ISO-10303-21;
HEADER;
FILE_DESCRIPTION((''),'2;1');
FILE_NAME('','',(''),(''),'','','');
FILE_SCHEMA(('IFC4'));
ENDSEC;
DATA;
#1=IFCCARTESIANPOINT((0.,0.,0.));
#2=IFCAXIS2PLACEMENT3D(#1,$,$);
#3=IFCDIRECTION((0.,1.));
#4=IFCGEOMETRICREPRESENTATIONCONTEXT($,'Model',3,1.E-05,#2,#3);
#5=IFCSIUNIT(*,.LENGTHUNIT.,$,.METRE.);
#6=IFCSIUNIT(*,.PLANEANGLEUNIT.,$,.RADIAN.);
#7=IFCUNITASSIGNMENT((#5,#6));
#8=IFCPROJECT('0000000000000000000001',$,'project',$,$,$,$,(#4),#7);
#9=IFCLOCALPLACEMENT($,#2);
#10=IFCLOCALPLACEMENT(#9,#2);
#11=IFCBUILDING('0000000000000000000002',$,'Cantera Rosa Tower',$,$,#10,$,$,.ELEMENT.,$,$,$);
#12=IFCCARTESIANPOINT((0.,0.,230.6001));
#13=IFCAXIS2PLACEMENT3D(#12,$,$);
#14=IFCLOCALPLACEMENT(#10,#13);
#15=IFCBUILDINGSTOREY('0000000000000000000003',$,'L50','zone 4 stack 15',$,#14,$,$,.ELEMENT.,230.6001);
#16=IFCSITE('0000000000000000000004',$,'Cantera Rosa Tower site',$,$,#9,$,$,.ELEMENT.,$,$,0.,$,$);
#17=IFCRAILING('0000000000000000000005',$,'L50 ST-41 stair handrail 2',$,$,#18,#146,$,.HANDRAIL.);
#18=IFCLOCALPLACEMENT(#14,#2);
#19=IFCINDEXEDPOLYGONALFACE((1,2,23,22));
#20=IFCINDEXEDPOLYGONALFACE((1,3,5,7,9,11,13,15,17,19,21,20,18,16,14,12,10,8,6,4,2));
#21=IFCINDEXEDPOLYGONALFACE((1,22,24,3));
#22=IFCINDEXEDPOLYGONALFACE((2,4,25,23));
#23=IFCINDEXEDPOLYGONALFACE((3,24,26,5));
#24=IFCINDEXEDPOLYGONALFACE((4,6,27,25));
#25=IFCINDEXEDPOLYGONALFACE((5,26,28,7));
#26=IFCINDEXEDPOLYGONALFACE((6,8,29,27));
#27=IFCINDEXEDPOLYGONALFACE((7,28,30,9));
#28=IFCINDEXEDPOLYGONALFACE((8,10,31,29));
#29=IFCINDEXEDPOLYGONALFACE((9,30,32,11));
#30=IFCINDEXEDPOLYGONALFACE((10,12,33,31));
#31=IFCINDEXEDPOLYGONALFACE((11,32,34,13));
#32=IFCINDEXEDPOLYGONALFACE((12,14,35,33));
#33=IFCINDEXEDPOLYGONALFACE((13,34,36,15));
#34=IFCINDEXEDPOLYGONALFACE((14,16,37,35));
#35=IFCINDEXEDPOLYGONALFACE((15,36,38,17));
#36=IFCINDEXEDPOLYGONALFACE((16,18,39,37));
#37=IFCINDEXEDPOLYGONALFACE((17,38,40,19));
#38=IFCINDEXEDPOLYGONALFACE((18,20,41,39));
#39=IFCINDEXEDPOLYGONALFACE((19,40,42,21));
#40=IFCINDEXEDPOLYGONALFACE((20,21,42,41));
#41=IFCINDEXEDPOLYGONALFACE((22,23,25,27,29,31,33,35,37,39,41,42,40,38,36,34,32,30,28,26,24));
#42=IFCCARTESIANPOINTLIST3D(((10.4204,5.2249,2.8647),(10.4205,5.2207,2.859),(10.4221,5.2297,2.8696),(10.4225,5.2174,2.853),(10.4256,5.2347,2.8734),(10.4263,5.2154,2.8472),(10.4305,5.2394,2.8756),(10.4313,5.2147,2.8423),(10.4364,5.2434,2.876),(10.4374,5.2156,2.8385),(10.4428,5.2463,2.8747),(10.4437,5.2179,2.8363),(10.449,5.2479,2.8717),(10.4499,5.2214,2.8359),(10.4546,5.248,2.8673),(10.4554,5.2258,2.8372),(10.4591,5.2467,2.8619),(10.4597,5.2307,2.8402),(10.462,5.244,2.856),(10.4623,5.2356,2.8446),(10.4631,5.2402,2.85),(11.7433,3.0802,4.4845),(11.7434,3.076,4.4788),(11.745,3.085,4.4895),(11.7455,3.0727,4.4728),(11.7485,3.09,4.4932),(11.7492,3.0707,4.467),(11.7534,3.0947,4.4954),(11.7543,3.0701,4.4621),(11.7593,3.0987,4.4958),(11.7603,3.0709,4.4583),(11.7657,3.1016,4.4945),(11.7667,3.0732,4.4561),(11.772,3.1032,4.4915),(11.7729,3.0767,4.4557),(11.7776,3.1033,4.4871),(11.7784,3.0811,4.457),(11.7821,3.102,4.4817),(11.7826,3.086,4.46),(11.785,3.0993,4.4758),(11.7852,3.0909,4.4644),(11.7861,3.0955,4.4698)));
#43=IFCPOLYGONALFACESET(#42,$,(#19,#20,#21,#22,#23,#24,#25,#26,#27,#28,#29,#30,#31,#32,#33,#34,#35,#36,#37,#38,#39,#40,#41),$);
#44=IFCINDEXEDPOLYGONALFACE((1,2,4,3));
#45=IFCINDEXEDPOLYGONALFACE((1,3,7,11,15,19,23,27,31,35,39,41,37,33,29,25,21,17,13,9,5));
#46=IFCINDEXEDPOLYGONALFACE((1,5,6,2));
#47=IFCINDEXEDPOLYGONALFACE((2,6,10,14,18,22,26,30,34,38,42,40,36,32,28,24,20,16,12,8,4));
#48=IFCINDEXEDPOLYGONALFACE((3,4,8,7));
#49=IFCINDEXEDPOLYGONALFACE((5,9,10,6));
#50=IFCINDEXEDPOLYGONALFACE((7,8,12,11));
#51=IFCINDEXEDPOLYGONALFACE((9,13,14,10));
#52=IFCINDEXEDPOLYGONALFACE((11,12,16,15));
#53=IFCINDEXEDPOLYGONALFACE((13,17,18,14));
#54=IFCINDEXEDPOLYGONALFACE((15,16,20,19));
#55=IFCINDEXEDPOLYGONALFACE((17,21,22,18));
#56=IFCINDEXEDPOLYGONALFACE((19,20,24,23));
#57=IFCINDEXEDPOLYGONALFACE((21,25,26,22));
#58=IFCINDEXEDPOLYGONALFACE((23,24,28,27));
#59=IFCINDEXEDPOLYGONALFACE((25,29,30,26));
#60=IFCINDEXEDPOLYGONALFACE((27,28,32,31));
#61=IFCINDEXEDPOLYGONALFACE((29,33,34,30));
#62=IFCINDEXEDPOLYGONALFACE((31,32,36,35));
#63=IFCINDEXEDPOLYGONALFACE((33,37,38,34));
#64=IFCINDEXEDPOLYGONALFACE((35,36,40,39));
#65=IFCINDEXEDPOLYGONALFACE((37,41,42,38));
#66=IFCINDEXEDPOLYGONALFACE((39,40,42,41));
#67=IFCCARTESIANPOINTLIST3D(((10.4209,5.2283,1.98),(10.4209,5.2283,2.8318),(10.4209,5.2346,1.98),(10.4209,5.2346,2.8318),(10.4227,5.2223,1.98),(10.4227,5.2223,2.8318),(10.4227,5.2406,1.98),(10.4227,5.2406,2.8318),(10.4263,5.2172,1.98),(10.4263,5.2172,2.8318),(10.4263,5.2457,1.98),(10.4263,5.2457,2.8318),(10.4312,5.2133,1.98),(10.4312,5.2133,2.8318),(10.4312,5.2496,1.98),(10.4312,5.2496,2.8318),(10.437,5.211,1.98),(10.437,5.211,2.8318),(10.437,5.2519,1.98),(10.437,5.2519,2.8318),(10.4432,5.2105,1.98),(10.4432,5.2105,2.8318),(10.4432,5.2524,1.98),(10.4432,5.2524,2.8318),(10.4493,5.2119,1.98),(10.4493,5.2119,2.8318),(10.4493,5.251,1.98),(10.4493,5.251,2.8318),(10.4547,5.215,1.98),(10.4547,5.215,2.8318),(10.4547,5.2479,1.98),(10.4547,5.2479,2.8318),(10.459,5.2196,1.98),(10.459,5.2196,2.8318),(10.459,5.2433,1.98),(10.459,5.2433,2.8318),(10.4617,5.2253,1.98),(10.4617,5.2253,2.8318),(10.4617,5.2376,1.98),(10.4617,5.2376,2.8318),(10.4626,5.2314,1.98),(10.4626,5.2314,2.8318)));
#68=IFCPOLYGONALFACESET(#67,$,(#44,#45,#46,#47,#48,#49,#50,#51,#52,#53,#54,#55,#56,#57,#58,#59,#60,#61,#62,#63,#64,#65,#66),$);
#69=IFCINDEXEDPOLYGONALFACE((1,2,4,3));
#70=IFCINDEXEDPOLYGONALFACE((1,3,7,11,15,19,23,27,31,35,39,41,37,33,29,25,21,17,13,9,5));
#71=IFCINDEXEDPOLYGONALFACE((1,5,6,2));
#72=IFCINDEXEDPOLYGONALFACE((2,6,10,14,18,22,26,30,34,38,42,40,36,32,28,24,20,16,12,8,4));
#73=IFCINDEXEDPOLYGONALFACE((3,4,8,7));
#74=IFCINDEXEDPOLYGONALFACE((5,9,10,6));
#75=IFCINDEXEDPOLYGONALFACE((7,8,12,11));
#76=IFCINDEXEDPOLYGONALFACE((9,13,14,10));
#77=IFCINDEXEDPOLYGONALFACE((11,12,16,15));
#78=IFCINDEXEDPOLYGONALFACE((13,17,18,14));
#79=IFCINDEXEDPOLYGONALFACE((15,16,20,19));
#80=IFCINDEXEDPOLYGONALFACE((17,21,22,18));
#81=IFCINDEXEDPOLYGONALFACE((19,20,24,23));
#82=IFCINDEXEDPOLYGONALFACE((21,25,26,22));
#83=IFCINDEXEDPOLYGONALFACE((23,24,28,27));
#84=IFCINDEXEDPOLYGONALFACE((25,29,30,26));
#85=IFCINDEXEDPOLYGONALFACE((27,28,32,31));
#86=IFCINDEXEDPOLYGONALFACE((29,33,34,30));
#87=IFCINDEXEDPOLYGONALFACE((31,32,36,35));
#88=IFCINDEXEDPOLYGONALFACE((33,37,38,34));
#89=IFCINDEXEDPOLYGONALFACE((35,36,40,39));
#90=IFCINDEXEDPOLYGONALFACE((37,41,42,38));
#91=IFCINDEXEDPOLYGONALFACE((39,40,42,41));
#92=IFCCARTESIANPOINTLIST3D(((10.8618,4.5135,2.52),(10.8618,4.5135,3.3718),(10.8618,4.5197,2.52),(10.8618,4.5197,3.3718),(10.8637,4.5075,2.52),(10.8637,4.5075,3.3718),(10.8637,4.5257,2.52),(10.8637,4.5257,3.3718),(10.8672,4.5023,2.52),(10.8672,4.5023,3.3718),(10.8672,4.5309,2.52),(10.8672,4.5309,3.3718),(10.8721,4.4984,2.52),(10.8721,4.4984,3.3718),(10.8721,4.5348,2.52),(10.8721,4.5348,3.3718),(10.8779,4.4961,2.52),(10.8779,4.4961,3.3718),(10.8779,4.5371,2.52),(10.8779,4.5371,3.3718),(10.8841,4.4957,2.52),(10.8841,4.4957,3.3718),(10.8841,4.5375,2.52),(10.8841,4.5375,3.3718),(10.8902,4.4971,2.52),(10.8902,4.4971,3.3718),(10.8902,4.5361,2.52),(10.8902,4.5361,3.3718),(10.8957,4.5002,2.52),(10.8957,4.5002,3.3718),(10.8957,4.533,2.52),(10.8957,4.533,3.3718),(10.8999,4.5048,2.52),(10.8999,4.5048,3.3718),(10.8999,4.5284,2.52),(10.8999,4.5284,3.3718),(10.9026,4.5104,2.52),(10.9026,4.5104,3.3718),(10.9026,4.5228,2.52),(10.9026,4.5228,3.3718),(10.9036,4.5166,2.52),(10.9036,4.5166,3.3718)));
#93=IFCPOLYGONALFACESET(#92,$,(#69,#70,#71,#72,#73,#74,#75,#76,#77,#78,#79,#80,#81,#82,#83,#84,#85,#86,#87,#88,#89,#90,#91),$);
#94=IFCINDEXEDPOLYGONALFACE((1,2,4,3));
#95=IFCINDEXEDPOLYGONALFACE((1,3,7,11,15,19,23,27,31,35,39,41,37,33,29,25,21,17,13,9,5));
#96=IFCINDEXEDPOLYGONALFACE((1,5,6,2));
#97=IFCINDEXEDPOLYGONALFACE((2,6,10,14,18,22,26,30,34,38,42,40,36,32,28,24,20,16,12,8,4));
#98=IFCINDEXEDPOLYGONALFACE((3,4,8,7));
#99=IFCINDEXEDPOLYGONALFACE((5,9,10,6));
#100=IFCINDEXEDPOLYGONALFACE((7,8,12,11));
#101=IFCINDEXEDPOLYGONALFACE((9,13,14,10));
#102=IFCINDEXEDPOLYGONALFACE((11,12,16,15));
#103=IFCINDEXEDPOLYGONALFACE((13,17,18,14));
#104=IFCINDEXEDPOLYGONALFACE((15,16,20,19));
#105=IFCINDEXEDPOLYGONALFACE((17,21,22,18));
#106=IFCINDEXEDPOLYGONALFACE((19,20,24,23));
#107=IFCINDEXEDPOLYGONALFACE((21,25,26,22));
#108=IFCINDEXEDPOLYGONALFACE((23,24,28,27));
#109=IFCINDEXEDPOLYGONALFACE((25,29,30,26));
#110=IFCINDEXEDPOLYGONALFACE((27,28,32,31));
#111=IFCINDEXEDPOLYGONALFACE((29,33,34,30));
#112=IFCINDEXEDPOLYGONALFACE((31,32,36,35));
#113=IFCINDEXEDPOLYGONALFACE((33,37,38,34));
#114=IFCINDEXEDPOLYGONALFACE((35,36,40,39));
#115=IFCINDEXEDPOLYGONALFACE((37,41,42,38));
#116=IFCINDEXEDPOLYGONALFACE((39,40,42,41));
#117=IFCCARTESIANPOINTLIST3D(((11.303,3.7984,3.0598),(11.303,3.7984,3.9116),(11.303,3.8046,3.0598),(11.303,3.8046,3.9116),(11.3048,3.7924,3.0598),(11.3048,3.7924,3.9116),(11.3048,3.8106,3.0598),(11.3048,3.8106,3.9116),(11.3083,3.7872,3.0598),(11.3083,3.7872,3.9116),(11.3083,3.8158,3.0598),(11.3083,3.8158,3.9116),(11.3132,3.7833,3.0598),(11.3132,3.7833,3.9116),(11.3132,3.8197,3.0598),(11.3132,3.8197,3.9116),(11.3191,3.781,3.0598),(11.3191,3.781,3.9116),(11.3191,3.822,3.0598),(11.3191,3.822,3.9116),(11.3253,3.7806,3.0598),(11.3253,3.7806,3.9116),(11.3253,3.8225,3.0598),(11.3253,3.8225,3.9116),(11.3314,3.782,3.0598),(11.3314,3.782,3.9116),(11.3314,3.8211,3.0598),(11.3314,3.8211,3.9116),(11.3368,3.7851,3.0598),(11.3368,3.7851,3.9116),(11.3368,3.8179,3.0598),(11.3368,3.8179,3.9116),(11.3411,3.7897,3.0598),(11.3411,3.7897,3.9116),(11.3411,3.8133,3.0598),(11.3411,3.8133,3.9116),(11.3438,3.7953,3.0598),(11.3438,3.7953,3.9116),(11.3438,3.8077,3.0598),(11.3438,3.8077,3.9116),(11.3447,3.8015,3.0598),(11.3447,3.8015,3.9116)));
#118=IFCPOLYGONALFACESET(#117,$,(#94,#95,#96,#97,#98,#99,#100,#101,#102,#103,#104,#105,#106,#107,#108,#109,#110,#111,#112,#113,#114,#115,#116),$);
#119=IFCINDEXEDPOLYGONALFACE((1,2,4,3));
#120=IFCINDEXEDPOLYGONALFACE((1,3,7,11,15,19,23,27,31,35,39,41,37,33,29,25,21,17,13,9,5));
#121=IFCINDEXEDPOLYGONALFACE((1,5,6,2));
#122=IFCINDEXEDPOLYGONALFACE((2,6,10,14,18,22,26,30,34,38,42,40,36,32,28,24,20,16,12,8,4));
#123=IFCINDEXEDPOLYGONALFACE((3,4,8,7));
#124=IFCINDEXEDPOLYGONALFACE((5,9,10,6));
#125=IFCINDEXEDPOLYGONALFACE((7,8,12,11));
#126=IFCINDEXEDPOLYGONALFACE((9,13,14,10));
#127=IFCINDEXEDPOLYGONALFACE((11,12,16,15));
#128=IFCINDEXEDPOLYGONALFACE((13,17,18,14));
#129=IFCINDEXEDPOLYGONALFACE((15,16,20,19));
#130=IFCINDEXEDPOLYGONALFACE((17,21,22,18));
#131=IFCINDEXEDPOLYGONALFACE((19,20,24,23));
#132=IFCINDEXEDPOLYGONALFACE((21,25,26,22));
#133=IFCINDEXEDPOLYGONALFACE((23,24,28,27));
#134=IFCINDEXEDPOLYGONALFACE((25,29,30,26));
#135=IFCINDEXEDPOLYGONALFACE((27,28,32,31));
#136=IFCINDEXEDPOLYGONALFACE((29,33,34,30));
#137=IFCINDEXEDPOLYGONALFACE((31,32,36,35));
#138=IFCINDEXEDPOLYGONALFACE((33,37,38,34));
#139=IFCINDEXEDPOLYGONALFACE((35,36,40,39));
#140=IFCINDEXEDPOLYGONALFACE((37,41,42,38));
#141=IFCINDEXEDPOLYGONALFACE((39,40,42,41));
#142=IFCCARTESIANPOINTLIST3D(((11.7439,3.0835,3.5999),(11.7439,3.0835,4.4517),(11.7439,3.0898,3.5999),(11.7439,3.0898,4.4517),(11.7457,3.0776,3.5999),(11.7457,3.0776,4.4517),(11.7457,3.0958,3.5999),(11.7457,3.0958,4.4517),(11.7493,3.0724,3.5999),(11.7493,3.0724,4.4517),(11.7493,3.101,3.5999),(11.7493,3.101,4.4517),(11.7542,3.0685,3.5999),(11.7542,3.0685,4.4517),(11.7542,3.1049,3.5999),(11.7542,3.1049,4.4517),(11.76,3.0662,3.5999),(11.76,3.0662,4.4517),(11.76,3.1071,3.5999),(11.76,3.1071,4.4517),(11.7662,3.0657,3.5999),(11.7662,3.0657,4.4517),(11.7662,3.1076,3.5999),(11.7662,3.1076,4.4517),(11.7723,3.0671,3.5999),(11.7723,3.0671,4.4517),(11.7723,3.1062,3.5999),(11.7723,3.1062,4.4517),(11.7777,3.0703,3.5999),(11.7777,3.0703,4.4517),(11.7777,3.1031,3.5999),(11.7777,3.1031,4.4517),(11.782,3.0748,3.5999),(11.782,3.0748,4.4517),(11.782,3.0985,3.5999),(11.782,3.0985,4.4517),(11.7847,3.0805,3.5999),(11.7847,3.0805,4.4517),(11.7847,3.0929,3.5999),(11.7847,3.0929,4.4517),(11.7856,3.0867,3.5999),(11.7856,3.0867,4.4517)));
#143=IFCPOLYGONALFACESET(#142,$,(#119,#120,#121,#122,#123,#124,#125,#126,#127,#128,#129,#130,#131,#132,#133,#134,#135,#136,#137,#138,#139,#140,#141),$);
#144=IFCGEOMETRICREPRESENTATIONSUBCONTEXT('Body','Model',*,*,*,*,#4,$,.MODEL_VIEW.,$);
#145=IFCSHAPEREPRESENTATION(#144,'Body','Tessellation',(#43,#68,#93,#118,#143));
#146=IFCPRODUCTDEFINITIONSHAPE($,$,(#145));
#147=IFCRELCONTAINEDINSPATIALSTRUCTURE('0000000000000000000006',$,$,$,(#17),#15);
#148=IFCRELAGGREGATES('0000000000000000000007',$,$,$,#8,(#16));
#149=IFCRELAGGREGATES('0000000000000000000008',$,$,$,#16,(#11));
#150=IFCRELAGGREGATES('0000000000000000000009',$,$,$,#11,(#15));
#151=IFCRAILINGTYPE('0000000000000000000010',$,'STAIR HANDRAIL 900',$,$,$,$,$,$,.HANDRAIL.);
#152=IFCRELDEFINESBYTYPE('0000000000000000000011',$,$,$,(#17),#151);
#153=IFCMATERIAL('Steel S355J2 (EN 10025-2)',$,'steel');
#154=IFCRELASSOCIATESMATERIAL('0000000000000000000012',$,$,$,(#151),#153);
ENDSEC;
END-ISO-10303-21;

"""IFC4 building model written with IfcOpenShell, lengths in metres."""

from ifc_helpers import new_model, si_unit, direction, frame, origin, origin_2d, place, context, subcontext, project, spatial, circle, extrude, material, type_object, element, save


model = new_model("IFC4")

# Units and contexts
model_context = context("Model", 3, precision=1e-05, world=origin(), true_north=direction((0.0, 1.0)))
body_context = subcontext(model_context, "Body", "Model", "MODEL_VIEW")
ifc_project = project(units=[si_unit("LENGTHUNIT", "METRE"), si_unit("PLANEANGLEUNIT", "RADIAN")], contexts=[model_context])

# Site, building, storey
site_placement = place(None, origin())
site = spatial("IfcSite", under=ifc_project, at=site_placement, Name="Cantera Rosa Tower site", CompositionType="ELEMENT", RefElevation=0.0)
building_placement = place(site_placement, origin())
building = spatial("IfcBuilding", under=site, at=building_placement, Name="Cantera Rosa Tower", CompositionType="ELEMENT")
storey_placement = place(building_placement, frame((0.0, 0.0, 230.6001)))
storey = spatial("IfcBuildingStorey", under=building, at=storey_placement, Name="L50", Description="zone 4 stack 15", CompositionType="ELEMENT", Elevation=230.6001)

# Railing
ifc_material_1 = material(Name="Steel S355J2 (EN 10025-2)", Category="steel")
railing_type_1 = type_object("IfcRailingType", Name="STAIR HANDRAIL 900", PredefinedType="HANDRAIL", material=ifc_material_1)
railing_1_placement = place(storey_placement, frame((10.4417, 5.2314, 1.98)))
element("IfcRailing", 1, at=railing_1_placement, inside=storey, type_object=railing_type_1, Name="L50 ST-41 stair handrail 2", PredefinedType="HANDRAIL", context=body_context, shape_type="SweptSolid", body=[
    extrude(circle(Radius=0.0239, at=origin_2d()), frame((0.0, 0.0, 0.876), z_axis=(0.441629, -0.715945, 0.540728), x_axis=(0.851102, 0.525, 0.0)), (0.0, 0.0, 1.0), 2.9956),
    extrude(circle(Radius=0.021, at=origin_2d()), origin(), (0.0, 0.0, 1.0), 0.8518),
    extrude(circle(Radius=0.021, at=origin_2d()), frame((0.4409, -0.7148, 0.54)), (0.0, 0.0, 1.0), 0.8518),
    extrude(circle(Radius=0.021, at=origin_2d()), frame((0.8821, -1.4299, 1.0798)), (0.0, 0.0, 1.0), 0.8518),
    extrude(circle(Radius=0.021, at=origin_2d()), frame((1.323, -2.1448, 1.6199)), (0.0, 0.0, 1.0), 0.8518),
])

save(model, "model.ifc")
